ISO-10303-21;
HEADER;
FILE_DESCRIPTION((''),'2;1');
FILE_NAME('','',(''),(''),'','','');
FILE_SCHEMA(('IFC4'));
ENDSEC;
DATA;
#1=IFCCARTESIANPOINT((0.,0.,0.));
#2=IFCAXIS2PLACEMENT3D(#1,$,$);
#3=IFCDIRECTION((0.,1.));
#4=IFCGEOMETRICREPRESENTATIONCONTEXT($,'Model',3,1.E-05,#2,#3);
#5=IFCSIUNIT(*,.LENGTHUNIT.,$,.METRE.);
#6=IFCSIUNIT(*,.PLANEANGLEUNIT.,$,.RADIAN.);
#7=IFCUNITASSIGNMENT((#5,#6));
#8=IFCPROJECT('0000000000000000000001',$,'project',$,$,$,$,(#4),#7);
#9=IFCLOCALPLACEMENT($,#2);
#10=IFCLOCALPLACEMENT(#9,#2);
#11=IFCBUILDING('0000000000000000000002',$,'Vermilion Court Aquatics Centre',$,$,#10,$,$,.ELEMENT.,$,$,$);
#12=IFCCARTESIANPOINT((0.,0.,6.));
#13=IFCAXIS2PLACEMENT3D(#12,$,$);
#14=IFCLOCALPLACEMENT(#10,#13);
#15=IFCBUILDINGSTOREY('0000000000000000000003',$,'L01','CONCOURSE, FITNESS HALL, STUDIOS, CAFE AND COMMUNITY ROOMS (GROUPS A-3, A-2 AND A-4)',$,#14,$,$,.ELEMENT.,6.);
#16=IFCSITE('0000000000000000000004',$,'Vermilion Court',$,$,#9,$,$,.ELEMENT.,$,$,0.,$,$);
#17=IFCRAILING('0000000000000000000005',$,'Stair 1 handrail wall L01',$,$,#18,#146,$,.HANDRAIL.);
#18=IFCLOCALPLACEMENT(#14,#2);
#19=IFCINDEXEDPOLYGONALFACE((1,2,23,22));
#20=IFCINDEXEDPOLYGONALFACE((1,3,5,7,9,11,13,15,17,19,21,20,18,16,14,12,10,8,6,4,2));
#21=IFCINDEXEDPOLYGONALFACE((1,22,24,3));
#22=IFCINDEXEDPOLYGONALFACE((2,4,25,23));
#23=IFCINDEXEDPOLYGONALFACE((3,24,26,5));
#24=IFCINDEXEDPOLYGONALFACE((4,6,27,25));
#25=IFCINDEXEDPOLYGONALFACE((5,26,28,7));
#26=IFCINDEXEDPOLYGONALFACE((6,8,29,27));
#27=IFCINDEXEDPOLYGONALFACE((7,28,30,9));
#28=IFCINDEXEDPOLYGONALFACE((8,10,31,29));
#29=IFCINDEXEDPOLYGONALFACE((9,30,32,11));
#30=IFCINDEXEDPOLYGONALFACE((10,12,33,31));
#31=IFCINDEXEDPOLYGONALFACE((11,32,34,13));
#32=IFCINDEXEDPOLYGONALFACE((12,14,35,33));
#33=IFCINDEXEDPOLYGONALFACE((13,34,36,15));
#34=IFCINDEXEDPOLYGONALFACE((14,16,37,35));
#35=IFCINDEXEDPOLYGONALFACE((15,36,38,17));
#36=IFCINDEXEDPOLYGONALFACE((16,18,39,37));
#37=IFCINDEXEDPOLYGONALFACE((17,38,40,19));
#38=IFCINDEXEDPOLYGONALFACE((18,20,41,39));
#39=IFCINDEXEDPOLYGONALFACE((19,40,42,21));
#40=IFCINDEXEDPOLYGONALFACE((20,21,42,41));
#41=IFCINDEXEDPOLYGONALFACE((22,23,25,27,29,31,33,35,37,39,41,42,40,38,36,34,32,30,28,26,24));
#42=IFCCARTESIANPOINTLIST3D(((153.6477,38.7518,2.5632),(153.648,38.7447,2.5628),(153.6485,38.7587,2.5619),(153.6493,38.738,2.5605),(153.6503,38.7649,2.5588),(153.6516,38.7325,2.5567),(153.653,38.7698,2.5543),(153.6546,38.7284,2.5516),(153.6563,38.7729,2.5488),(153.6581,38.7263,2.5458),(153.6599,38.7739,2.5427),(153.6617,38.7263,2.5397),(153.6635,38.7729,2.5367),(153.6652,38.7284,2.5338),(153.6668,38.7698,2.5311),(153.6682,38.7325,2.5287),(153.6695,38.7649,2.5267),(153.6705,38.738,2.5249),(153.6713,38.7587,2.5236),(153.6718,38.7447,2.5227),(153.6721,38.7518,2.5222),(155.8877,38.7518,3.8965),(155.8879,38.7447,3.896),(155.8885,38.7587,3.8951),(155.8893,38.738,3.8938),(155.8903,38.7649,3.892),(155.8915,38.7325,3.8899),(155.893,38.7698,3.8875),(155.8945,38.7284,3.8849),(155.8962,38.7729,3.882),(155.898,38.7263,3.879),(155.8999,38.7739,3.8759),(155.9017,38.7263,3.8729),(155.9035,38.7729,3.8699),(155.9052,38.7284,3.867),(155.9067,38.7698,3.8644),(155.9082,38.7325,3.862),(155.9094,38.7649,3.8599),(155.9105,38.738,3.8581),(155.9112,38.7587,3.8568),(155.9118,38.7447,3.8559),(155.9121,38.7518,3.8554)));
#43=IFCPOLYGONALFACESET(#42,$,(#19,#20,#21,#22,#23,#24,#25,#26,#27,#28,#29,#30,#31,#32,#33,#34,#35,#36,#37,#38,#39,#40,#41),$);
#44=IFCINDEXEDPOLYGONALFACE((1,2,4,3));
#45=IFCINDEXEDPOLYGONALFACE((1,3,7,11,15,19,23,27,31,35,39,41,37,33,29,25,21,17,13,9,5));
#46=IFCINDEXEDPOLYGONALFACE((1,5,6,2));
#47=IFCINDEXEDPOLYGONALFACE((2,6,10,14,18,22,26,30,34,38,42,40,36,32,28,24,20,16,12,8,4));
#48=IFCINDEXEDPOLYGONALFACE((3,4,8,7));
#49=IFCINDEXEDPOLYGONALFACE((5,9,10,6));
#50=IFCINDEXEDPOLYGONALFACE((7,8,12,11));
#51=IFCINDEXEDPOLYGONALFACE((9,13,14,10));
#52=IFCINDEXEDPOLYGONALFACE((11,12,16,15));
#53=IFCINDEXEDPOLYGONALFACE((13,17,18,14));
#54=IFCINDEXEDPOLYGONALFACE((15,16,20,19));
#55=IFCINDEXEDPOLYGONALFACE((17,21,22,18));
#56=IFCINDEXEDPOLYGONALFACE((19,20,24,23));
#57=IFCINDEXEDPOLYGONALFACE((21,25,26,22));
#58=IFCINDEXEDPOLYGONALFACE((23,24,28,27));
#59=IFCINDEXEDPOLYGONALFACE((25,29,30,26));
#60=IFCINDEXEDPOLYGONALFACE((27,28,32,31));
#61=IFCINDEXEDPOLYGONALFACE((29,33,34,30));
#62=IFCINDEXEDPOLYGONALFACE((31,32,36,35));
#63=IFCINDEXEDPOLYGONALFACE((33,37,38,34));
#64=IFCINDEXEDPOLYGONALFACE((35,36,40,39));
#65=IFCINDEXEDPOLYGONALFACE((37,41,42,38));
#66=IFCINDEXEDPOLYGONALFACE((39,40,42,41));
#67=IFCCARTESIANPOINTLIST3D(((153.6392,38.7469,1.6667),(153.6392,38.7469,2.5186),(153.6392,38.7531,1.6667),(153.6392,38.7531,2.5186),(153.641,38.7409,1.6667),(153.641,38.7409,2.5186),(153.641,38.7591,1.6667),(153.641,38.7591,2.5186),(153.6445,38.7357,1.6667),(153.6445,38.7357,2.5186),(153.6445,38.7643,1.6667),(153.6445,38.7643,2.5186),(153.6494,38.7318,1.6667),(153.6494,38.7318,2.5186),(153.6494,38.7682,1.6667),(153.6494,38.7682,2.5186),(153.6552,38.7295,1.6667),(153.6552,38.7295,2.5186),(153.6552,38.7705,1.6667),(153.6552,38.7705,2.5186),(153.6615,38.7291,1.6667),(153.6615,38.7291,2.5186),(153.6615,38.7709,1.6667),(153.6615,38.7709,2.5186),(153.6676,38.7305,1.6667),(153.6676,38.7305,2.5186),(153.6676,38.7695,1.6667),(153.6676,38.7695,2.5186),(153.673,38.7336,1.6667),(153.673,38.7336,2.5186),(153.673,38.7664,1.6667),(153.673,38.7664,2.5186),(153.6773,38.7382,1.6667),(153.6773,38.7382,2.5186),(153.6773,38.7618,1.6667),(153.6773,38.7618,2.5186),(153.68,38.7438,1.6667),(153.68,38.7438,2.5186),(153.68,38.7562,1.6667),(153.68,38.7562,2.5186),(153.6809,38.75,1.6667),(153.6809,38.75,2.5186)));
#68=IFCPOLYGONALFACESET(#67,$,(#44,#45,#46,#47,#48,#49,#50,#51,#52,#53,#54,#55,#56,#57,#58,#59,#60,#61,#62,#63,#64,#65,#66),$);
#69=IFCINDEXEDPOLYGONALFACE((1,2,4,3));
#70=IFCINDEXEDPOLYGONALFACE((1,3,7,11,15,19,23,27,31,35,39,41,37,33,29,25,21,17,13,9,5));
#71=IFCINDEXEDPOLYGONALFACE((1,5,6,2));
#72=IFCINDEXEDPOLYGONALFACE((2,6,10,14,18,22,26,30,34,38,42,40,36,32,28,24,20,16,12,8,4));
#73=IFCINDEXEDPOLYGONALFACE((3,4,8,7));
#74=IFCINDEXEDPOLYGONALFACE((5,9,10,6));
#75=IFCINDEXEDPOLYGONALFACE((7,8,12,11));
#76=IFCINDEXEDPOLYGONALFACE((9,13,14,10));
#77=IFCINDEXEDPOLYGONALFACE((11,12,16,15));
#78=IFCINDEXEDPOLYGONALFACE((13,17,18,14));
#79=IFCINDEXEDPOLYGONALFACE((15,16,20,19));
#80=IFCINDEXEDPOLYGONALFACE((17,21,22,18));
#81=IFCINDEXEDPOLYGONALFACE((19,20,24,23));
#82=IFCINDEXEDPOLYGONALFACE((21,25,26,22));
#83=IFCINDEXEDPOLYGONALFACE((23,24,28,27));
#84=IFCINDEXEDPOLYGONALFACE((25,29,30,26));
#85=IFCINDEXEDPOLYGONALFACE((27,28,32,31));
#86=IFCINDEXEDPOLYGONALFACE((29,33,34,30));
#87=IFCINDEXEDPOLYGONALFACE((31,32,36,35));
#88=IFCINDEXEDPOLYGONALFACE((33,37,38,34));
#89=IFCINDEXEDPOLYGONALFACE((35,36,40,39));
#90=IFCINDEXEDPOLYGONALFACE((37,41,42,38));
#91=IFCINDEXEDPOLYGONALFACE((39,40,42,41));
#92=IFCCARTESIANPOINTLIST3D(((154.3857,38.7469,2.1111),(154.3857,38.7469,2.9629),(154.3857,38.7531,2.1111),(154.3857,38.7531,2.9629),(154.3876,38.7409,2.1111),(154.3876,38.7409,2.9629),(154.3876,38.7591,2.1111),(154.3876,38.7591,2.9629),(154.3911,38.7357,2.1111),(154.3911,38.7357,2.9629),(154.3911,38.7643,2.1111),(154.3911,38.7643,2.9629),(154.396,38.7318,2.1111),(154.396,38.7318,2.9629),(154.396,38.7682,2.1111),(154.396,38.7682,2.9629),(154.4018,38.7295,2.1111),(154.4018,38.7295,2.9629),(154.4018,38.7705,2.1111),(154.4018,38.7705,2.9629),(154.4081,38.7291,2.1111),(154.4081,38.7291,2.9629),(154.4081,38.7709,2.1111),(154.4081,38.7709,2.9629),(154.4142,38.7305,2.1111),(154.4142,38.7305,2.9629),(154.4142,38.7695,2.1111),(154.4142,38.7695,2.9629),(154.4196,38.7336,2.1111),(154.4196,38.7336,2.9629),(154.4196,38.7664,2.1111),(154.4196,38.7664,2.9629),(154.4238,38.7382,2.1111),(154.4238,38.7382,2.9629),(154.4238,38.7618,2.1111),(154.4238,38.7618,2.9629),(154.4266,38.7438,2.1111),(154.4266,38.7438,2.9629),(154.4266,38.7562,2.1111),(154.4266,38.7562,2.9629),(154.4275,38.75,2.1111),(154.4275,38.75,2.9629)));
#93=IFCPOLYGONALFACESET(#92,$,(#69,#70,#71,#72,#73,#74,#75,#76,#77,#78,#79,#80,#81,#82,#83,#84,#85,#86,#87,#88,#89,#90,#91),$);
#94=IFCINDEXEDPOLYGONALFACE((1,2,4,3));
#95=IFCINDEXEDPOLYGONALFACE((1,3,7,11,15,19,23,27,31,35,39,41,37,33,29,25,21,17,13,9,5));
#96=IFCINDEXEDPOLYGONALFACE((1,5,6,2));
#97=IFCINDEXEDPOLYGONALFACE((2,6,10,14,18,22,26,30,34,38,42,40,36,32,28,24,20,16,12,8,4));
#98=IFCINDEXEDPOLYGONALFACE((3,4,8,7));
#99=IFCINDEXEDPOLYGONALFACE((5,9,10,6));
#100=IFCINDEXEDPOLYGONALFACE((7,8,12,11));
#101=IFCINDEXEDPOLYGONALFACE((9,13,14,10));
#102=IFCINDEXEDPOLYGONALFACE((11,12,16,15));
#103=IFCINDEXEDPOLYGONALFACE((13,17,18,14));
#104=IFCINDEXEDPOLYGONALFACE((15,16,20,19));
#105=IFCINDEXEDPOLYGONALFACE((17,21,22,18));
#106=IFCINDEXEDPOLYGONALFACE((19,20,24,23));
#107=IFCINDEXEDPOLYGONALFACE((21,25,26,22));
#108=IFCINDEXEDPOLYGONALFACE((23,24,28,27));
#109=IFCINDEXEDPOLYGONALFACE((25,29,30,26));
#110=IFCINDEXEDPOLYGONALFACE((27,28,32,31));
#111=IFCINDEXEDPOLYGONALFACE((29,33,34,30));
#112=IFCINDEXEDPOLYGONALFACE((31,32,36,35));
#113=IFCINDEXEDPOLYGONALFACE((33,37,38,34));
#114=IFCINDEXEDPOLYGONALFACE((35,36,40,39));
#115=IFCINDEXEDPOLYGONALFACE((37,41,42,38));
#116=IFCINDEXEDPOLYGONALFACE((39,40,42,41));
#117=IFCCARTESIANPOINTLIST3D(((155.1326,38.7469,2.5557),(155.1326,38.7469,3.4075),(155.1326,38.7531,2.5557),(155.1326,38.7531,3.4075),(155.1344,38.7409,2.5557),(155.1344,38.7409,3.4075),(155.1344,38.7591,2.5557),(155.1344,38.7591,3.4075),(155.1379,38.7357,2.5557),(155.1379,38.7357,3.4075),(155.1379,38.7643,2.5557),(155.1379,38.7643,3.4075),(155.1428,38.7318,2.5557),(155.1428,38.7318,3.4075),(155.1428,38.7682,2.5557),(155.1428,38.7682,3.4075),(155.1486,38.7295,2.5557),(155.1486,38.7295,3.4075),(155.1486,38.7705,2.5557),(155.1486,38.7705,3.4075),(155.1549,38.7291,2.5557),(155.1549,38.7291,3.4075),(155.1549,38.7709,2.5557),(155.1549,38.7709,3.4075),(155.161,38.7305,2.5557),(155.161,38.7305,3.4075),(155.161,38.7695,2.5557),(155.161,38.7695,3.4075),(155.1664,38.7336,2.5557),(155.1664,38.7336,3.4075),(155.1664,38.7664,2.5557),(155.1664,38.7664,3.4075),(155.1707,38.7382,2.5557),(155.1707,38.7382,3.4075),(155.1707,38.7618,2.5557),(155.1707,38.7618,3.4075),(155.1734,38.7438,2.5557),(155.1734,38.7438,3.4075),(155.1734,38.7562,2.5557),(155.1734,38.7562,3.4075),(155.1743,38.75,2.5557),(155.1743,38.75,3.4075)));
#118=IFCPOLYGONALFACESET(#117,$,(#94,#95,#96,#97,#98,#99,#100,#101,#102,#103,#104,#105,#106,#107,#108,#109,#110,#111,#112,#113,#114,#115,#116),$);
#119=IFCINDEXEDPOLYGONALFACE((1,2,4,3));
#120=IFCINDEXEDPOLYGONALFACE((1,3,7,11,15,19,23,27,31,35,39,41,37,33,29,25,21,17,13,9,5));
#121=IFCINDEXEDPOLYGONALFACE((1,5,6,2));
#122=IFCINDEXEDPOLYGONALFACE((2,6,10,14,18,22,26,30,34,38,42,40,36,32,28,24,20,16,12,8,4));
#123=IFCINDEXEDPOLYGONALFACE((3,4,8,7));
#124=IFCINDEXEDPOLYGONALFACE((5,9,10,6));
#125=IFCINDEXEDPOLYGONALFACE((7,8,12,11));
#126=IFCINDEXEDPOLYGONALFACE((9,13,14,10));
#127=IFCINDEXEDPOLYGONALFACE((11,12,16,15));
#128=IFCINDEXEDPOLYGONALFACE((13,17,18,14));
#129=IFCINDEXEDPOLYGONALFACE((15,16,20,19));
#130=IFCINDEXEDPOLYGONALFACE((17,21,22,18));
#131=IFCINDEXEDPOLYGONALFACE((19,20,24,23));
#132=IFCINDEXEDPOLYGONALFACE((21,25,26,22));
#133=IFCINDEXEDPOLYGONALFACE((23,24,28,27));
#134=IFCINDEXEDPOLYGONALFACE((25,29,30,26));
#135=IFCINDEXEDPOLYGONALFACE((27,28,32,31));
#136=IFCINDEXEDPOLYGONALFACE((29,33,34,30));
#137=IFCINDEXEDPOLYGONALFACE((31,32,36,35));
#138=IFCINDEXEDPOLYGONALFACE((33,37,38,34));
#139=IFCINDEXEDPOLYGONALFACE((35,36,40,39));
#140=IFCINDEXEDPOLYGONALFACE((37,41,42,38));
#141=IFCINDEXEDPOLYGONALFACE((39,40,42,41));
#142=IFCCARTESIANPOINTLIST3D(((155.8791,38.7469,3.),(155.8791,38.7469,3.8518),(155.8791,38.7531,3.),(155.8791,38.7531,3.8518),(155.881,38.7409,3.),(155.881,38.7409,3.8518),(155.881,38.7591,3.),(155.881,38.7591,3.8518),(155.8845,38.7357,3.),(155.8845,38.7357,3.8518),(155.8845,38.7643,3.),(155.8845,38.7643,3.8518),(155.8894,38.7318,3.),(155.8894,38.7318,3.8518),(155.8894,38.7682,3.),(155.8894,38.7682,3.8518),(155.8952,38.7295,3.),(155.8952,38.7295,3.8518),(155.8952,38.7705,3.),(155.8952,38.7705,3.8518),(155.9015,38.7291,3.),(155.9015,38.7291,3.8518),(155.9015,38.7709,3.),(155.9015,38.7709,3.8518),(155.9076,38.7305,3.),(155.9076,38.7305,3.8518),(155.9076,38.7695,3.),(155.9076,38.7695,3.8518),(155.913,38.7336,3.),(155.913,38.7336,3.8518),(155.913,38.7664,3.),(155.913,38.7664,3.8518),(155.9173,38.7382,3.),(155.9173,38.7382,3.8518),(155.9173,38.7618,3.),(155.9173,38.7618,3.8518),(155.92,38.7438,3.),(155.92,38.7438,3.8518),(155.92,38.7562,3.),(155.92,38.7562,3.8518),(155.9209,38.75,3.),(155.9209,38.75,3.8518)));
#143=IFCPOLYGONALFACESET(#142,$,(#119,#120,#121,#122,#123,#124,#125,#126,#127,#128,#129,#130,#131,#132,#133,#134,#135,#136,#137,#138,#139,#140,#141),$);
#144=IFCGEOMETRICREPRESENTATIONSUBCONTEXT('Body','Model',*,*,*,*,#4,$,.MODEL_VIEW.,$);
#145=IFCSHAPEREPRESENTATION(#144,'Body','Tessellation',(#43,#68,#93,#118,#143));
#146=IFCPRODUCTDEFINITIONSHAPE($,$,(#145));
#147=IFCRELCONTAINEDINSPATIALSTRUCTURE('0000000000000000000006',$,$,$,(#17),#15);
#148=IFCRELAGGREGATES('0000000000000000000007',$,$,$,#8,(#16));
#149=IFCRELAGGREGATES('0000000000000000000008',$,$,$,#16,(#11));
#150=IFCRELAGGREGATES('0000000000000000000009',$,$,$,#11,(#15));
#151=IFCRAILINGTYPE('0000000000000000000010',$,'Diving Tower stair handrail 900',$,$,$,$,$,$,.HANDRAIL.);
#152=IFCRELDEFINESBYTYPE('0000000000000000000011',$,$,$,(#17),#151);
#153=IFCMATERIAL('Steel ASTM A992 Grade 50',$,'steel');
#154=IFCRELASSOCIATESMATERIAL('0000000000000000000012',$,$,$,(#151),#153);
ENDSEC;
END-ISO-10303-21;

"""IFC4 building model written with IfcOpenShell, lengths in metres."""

from ifc_helpers import new_model, si_unit, direction, frame, origin, origin_2d, place, context, subcontext, project, spatial, circle, extrude, material, type_object, element, save


model = new_model("IFC4")

# Units and contexts
model_context = context("Model", 3, precision=1e-05, world=origin(), true_north=direction((0.0, 1.0)))
body_context = subcontext(model_context, "Body", "Model", "MODEL_VIEW")
ifc_project = project(units=[si_unit("LENGTHUNIT", "METRE"), si_unit("PLANEANGLEUNIT", "RADIAN")], contexts=[model_context])

# Site, building, storey
site_placement = place(None, origin())
site = spatial("IfcSite", under=ifc_project, at=site_placement, Name="Vermilion Court", CompositionType="ELEMENT", RefElevation=0.0)
building_placement = place(site_placement, origin())
building = spatial("IfcBuilding", under=site, at=building_placement, Name="Vermilion Court Aquatics Centre", CompositionType="ELEMENT")
storey_placement = place(building_placement, frame((0.0, 0.0, 6.0)))
storey = spatial("IfcBuildingStorey", under=building, at=storey_placement, Name="L01", Description="CONCOURSE, FITNESS HALL, STUDIOS, CAFE AND COMMUNITY ROOMS (GROUPS A-3, A-2 AND A-4)", CompositionType="ELEMENT", Elevation=6.0)

# Railing
ifc_material_1 = material(Name="Steel ASTM A992 Grade 50", Category="steel")
railing_type_1 = type_object("IfcRailingType", Name="Diving Tower stair handrail 900", PredefinedType="HANDRAIL", material=ifc_material_1)
for number, where, name in (
    (1, (153.6599, 38.75, 1.6667), "Stair 1 handrail wall L01"),
):
    element("IfcRailing", number, at=place(storey_placement, frame(where)), inside=storey, type_object=railing_type_1, Name=name, PredefinedType="HANDRAIL", context=body_context, shape_type="SweptSolid", body=[
        extrude(circle(Radius=0.0239, at=origin_2d()), frame((0.0, 0.0, 0.876), z_axis=(0.859306, 0.0, 0.511462), x_axis=(0.0, 1.0, 0.0)), (0.0, 0.0, 1.0), 2.6067),
        extrude(circle(Radius=0.021, at=origin_2d()), origin(), (0.0, 0.0, 1.0), 0.8518),
        extrude(circle(Radius=0.021, at=origin_2d()), frame((0.7466, 0.0, 0.4443)), (0.0, 0.0, 1.0), 0.8518),
        extrude(circle(Radius=0.021, at=origin_2d()), frame((1.4934, 0.0, 0.8889)), (0.0, 0.0, 1.0), 0.8518),
        extrude(circle(Radius=0.021, at=origin_2d()), frame((2.24, 0.0, 1.3333)), (0.0, 0.0, 1.0), 0.8518),
    ])

save(model, "model.ifc")
